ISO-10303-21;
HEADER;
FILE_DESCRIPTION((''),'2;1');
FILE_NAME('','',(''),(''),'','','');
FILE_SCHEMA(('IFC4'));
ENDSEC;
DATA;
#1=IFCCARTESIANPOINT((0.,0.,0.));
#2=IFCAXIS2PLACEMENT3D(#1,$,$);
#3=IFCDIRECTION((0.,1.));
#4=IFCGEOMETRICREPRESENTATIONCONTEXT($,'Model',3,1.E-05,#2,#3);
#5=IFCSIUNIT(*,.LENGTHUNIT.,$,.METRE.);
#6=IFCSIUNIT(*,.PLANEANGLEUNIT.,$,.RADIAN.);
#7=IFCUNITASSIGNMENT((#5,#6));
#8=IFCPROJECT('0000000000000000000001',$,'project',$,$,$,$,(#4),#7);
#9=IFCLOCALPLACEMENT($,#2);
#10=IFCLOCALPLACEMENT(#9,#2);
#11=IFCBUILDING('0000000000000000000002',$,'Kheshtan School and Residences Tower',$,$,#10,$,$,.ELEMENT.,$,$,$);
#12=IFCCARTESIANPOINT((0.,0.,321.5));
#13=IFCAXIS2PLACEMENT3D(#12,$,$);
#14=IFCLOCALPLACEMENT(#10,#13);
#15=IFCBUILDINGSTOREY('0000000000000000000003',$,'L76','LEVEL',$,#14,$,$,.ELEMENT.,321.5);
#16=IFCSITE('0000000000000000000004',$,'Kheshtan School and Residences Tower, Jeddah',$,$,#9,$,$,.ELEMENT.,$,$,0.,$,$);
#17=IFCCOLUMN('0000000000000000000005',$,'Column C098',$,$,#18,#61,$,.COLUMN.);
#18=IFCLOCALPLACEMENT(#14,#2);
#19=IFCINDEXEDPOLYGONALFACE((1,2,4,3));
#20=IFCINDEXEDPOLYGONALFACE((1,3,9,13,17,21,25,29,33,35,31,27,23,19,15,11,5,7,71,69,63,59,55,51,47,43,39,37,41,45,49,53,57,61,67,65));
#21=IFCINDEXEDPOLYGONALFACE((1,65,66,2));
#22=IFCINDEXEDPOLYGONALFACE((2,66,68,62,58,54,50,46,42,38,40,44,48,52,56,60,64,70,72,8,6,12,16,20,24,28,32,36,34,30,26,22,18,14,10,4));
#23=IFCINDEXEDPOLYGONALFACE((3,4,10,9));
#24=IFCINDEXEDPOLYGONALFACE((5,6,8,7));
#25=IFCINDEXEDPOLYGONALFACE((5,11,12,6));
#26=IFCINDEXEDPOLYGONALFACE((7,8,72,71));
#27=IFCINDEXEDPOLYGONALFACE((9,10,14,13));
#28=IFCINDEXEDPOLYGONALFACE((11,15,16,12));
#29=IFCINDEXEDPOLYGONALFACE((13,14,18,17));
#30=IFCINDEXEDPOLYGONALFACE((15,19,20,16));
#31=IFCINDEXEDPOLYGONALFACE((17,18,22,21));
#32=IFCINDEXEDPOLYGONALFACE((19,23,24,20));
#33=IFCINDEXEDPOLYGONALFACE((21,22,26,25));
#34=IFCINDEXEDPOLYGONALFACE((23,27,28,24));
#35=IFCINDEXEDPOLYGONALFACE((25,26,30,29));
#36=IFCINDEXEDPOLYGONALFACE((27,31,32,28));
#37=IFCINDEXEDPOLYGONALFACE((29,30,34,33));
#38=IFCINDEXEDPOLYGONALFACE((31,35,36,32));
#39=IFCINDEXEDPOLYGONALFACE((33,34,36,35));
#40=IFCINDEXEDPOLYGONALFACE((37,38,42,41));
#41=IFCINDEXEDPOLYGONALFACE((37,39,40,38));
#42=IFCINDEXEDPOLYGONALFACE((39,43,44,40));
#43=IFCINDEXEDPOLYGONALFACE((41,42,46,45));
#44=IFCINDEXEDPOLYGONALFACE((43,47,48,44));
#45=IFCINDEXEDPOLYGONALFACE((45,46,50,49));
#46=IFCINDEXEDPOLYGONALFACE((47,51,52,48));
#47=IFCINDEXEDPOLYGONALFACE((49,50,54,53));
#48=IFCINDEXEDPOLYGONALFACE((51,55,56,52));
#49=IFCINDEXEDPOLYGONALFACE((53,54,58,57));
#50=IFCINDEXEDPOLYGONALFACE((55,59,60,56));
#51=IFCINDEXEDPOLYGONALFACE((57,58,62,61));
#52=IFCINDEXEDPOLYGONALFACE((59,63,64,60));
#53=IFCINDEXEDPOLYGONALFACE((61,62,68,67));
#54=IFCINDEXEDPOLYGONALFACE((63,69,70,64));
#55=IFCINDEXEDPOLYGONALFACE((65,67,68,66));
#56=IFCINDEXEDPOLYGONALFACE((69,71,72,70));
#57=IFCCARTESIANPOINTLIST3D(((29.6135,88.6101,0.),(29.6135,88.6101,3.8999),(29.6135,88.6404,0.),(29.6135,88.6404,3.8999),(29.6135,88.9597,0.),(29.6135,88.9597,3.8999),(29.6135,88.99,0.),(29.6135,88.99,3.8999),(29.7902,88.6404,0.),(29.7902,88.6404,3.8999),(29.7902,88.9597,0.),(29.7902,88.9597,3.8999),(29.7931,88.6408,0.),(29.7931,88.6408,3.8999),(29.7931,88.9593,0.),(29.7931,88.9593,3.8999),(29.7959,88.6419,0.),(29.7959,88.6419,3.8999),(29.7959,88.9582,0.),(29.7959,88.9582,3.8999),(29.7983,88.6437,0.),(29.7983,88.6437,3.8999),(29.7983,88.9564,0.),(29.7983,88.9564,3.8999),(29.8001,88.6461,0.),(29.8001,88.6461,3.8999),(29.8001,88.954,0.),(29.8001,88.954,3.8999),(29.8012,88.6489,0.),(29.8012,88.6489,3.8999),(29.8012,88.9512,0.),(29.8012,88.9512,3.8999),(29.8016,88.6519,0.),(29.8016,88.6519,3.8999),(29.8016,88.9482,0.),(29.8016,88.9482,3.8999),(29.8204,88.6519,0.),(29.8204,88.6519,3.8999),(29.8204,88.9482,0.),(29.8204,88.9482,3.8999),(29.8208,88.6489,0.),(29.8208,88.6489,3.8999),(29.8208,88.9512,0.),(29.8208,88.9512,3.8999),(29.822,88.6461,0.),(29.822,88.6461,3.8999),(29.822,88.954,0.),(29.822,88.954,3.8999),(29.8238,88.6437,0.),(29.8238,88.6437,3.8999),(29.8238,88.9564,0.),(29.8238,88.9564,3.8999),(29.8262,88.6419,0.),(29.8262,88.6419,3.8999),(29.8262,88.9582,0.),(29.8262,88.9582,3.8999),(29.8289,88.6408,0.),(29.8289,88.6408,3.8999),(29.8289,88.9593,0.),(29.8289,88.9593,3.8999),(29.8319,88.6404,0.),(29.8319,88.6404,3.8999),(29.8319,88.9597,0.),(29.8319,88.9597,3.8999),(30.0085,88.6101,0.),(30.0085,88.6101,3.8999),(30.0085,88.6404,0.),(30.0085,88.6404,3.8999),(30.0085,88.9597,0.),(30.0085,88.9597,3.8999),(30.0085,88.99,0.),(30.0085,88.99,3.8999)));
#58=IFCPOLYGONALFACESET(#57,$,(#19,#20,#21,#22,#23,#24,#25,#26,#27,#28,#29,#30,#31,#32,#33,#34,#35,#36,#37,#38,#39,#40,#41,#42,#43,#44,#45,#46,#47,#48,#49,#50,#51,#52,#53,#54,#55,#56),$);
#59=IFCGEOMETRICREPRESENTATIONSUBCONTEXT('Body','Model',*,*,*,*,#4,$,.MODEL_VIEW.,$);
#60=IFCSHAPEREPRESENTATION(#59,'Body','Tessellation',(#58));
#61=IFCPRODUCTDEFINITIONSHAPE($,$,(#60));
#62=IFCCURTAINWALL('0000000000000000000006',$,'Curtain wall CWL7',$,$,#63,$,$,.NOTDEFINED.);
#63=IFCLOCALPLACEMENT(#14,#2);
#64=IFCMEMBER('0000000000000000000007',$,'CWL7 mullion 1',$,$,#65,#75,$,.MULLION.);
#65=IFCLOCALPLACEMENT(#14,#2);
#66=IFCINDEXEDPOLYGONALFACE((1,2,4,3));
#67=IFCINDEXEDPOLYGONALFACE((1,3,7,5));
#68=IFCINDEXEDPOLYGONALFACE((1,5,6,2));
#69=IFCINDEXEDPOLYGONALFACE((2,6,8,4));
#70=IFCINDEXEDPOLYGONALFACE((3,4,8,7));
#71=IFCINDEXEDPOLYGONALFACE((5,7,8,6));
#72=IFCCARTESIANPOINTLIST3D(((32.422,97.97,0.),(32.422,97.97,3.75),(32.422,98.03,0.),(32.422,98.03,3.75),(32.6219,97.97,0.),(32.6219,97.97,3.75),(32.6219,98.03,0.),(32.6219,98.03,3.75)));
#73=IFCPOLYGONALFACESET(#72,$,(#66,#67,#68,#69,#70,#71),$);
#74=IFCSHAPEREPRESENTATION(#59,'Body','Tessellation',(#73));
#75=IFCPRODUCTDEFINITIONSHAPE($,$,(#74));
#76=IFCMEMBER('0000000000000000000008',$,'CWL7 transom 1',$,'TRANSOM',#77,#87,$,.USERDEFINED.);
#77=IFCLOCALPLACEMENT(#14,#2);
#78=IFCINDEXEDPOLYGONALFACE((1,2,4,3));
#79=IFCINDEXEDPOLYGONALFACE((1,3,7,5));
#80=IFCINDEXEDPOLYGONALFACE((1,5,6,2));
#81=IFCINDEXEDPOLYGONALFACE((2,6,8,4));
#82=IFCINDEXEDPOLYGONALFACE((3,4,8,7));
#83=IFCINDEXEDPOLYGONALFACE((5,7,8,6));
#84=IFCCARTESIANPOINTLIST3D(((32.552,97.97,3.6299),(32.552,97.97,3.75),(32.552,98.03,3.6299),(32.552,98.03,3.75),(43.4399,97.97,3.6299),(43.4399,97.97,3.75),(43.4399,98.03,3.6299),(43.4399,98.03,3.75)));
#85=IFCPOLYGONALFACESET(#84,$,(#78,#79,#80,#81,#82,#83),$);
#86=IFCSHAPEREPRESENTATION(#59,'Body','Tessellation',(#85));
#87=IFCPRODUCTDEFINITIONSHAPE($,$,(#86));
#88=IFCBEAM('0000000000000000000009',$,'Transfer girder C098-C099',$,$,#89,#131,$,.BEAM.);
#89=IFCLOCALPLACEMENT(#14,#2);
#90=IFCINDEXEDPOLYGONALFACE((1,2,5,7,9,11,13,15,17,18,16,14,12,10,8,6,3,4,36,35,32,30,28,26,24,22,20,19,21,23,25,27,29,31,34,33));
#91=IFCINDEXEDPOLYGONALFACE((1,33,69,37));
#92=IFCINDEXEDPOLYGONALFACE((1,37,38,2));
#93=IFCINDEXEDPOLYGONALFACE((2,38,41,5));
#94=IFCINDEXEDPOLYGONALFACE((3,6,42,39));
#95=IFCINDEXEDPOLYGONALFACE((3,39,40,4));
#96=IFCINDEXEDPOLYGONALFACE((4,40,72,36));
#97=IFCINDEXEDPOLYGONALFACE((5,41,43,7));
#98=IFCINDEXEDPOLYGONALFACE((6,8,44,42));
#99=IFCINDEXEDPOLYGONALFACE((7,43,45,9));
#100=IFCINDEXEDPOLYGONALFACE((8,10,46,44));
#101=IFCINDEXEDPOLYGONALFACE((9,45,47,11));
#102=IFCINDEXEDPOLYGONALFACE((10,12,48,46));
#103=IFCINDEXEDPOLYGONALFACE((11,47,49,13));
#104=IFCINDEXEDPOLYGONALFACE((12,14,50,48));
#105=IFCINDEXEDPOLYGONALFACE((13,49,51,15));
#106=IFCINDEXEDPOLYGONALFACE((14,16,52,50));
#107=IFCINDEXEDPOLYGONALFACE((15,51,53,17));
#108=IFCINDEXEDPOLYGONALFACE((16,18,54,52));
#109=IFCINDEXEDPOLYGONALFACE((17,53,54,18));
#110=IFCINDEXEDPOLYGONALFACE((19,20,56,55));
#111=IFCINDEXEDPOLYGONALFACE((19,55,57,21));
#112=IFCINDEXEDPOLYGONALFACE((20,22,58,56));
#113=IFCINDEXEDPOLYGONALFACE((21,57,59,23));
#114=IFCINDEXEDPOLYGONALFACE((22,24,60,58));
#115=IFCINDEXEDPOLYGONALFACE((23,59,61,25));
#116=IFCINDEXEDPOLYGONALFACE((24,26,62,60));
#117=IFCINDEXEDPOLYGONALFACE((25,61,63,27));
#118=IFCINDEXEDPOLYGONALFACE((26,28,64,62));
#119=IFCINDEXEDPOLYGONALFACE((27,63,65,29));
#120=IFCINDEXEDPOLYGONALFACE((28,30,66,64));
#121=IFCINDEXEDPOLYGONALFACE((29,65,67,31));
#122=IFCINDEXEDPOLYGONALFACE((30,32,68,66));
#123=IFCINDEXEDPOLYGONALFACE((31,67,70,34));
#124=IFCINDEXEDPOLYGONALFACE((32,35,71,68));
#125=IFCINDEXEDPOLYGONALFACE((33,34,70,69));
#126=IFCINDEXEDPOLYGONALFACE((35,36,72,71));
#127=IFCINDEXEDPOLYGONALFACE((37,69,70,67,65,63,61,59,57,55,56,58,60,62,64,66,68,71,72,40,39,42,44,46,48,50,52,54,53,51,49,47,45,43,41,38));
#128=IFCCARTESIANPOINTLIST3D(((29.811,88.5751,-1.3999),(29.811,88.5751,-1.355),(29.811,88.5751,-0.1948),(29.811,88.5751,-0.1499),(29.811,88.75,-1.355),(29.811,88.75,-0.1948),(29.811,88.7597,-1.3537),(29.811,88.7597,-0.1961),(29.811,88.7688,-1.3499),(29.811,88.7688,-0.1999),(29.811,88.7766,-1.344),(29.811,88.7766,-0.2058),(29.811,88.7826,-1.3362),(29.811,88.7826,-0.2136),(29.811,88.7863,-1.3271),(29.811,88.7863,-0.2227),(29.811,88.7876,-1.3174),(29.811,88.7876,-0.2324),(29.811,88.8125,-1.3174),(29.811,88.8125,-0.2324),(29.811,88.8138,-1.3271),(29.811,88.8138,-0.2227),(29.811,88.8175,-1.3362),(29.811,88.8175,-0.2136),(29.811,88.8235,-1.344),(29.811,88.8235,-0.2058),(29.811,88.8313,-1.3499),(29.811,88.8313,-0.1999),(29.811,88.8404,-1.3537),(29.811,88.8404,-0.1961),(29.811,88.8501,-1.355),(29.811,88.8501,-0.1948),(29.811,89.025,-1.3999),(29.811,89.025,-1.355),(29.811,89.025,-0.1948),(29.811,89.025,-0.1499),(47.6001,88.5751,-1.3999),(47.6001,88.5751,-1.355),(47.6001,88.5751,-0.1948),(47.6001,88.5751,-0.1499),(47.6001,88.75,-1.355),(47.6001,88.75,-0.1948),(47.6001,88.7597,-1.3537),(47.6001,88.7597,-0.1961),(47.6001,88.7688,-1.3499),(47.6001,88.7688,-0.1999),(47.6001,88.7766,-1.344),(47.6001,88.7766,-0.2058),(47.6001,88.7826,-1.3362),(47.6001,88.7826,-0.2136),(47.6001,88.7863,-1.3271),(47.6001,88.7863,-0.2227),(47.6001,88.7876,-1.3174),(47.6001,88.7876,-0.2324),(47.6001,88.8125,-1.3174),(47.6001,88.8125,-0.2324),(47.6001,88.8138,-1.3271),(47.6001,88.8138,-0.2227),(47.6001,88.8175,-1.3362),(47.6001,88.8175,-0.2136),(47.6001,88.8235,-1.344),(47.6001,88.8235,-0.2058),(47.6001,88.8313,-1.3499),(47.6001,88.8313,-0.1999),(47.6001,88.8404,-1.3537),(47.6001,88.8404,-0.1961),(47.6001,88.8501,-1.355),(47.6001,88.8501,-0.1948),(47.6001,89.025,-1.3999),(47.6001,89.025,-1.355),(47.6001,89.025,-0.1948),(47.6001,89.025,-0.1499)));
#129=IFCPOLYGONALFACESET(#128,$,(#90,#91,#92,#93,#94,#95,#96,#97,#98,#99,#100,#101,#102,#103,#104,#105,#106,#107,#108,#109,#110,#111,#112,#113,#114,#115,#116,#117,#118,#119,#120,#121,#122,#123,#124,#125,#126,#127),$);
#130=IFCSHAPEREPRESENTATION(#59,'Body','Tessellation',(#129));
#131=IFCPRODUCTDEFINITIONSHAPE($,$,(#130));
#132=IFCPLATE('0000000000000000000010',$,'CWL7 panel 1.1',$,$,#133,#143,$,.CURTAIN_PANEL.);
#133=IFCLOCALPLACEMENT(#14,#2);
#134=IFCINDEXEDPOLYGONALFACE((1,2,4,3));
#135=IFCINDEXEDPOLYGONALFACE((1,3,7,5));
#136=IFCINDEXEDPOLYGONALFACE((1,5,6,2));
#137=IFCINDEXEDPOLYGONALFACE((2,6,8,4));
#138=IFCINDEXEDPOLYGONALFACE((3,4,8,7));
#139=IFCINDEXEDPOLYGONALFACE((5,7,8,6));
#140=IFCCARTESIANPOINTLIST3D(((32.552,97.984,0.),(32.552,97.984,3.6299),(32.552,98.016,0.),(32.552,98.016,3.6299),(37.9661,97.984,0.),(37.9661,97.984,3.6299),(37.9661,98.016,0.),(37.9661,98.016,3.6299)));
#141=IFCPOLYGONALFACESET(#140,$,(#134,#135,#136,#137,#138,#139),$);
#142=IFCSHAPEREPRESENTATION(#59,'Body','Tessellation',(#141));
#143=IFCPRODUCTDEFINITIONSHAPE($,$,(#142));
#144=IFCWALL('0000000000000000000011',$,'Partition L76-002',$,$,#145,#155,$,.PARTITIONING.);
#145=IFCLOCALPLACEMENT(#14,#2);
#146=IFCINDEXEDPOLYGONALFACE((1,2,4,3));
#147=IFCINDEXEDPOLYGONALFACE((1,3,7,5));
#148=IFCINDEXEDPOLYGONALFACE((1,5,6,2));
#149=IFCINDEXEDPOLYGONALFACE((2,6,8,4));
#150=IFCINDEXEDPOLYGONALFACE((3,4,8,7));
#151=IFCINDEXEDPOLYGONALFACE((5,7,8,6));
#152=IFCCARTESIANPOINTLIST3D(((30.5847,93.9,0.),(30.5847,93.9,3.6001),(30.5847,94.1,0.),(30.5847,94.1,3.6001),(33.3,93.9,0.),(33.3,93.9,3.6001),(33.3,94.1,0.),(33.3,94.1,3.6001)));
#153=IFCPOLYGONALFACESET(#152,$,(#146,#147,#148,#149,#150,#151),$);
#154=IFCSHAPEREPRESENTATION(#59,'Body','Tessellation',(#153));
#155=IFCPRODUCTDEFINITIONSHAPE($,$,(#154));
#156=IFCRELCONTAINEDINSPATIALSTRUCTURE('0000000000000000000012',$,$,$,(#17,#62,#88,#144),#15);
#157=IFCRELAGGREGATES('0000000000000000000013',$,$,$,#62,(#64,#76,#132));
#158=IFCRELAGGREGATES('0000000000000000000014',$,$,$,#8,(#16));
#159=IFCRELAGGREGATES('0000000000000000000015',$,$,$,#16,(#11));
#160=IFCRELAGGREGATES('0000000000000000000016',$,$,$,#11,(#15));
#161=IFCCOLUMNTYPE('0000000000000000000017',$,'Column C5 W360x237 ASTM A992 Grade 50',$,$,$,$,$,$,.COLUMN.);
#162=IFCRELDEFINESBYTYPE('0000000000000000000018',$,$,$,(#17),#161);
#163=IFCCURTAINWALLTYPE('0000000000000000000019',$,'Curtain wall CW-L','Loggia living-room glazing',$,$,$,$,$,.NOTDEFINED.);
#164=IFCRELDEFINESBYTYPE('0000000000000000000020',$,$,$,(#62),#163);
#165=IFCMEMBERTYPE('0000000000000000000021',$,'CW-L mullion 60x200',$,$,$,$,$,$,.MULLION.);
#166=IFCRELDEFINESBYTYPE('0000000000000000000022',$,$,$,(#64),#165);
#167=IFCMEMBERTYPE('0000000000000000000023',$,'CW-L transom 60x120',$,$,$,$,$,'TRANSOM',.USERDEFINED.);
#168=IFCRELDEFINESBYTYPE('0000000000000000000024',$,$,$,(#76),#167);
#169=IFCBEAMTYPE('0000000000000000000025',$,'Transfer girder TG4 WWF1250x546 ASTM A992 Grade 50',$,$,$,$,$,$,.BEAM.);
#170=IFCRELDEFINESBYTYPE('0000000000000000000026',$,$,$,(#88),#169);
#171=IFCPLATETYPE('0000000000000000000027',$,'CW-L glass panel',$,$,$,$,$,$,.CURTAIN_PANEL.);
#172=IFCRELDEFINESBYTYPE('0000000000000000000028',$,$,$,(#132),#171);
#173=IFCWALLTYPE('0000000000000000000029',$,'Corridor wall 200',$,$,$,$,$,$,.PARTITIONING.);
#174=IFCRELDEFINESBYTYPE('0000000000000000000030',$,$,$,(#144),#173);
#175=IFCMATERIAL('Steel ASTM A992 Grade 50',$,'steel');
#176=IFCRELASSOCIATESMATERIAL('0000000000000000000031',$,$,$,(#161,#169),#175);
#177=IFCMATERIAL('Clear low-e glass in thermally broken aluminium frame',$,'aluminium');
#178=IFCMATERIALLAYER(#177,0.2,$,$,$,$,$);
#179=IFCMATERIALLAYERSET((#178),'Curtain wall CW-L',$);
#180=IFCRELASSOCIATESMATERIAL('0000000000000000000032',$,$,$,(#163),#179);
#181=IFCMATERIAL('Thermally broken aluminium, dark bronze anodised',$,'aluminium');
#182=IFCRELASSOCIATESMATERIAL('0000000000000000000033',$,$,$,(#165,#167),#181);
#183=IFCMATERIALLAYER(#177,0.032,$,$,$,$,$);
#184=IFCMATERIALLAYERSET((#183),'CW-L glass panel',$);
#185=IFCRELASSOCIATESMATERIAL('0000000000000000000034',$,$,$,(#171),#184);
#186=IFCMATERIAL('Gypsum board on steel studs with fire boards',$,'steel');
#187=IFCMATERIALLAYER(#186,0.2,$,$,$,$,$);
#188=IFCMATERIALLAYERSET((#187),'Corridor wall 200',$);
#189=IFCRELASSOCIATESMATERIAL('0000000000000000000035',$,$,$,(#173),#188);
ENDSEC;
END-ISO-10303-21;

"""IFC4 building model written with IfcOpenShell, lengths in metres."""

from ifc_helpers import new_model, si_unit, direction, frame, frame_2d, origin, origin_2d, place, context, subcontext, project, spatial, rectangle, i_section, extrude, material, layer, layer_set, material_profile, profile_set, type_object, element, aggregate, save


model = new_model("IFC4")

# Units and contexts
model_context = context("Model", 3, precision=1e-05, world=origin(), true_north=direction((0.0, 1.0)))
body_context = subcontext(model_context, "Body", "Model", "MODEL_VIEW")
ifc_project = project(units=[si_unit("LENGTHUNIT", "METRE"), si_unit("PLANEANGLEUNIT", "RADIAN")], contexts=[model_context])

# Site, building, storey
site_placement = place(None, origin())
site = spatial("IfcSite", under=ifc_project, at=site_placement, Name="Kheshtan School and Residences Tower, Jeddah", CompositionType="ELEMENT", RefElevation=0.0)
building_placement = place(site_placement, origin())
building = spatial("IfcBuilding", under=site, at=building_placement, Name="Kheshtan School and Residences Tower", CompositionType="ELEMENT")
storey_placement = place(building_placement, frame((0.0, 0.0, 321.5)))
storey = spatial("IfcBuildingStorey", under=building, at=storey_placement, Name="L76", Description="LEVEL", CompositionType="ELEMENT", Elevation=321.5)

# Column
ifc_material_1 = material(Name="Steel ASTM A992 Grade 50", Category="steel")
ifc_material_profile_1 = material_profile(ifc_material_1, i_section(OverallWidth=0.395, OverallDepth=0.3799, WebThickness=0.0188, FlangeThickness=0.0303, FilletRadius=0.0115, at=origin_2d()), Name="W360x237")
ifc_profile_set_1 = profile_set([ifc_material_profile_1], Name="Steel ASTM A992 Grade 50")
column_type = type_object("IfcColumnType", Name="Column C5 W360x237 ASTM A992 Grade 50", PredefinedType="COLUMN", material=ifc_profile_set_1)
column_placement = place(storey_placement, frame((29.811, 88.8, 0.0), z_axis=(0.0, 0.0, 1.0), x_axis=(1.0, 0.0, 0.0)))
element("IfcColumn", 1, at=column_placement, inside=storey, type_object=column_type, Name="Column C098", PredefinedType="COLUMN", context=body_context, shape_type="SweptSolid", body=[
    extrude(i_section(OverallWidth=0.395, OverallDepth=0.3799, WebThickness=0.0188, FlangeThickness=0.0303, FilletRadius=0.0115, at=origin_2d()), origin(), (0.0, 0.0, 1.0), 3.8999),
])

# Curtain wall, members
ifc_material_2 = material(Name="Clear low-e glass in thermally broken aluminium frame", Category="aluminium")
ifc_layer_1 = layer(ifc_material_2, 0.2)
ifc_layer_set_1 = layer_set([ifc_layer_1], Name="Curtain wall CW-L")
curtain_wall_type = type_object("IfcCurtainWallType", Name="Curtain wall CW-L", Description="Loggia living-room glazing", PredefinedType="NOTDEFINED", material=ifc_layer_set_1)
curtain_wall_placement = place(storey_placement, origin())
curtain_wall = element("IfcCurtainWall", 2, at=curtain_wall_placement, inside=storey, type_object=curtain_wall_type, Name="Curtain wall CWL7", PredefinedType="NOTDEFINED")
ifc_material_3 = material(Name="Thermally broken aluminium, dark bronze anodised", Category="aluminium")
ifc_material_profile_2 = material_profile(ifc_material_3, rectangle(XDim=0.0601, YDim=0.2, at=origin_2d()), Name="CW-L mullion 60x200")
ifc_profile_set_2 = profile_set([ifc_material_profile_2], Name="Thermally broken aluminium, dark bronze anodised")
member_type_1 = type_object("IfcMemberType", Name="CW-L mullion 60x200", PredefinedType="MULLION", material=ifc_profile_set_2)
member_1_placement = place(storey_placement, frame((32.522, 98.0, 0.0), z_axis=(0.0, 0.0, 1.0), x_axis=(0.0, 1.0, 0.0)))
member_1 = element("IfcMember", 3, at=member_1_placement, type_object=member_type_1, Name="CWL7 mullion 1", PredefinedType="MULLION", context=body_context, shape_type="SweptSolid", body=[
    extrude(rectangle(XDim=0.0601, YDim=0.2, at=origin_2d()), origin(), (0.0, 0.0, 1.0), 3.75),
])
ifc_material_profile_3 = material_profile(ifc_material_3, rectangle(XDim=0.0601, YDim=0.1201, at=origin_2d()), Name="CW-L transom 60x120")
ifc_profile_set_3 = profile_set([ifc_material_profile_3], Name="Thermally broken aluminium, dark bronze anodised")
member_type_2 = type_object("IfcMemberType", Name="CW-L transom 60x120", ElementType="TRANSOM", PredefinedType="USERDEFINED", material=ifc_profile_set_3)
member_2_placement = place(storey_placement, frame((32.552, 98.0, 3.6899), z_axis=(1.0, 0.0, 0.0), x_axis=(0.0, 1.0, 0.0)))
member_2 = element("IfcMember", 4, at=member_2_placement, type_object=member_type_2, Name="CWL7 transom 1", ObjectType="TRANSOM", PredefinedType="USERDEFINED", context=body_context, shape_type="SweptSolid", body=[
    extrude(rectangle(XDim=0.0601, YDim=0.1201, at=origin_2d()), origin(), (0.0, 0.0, 1.0), 10.8879),
])

# Beam
ifc_material_profile_4 = material_profile(ifc_material_1, i_section(OverallWidth=0.45, OverallDepth=1.25, WebThickness=0.0249, FlangeThickness=0.0449, FilletRadius=0.0376, at=origin_2d()), Name="WWF1250x546")
ifc_profile_set_4 = profile_set([ifc_material_profile_4], Name="Steel ASTM A992 Grade 50")
beam_type = type_object("IfcBeamType", Name="Transfer girder TG4 WWF1250x546 ASTM A992 Grade 50", PredefinedType="BEAM", material=ifc_profile_set_4)
beam_placement = place(storey_placement, frame((29.811, 88.8, -0.7749), z_axis=(1.0, 0.0, 0.0), x_axis=(0.0, 1.0, 0.0)))
element("IfcBeam", 5, at=beam_placement, inside=storey, type_object=beam_type, Name="Transfer girder C098-C099", PredefinedType="BEAM", context=body_context, shape_type="SweptSolid", body=[
    extrude(i_section(OverallWidth=0.45, OverallDepth=1.25, WebThickness=0.0249, FlangeThickness=0.0449, FilletRadius=0.0376, at=origin_2d()), origin(), (0.0, 0.0, 1.0), 17.7891),
])

# Plate
ifc_layer_2 = layer(ifc_material_2, 0.032)
ifc_layer_set_2 = layer_set([ifc_layer_2], Name="CW-L glass panel")
plate_type = type_object("IfcPlateType", Name="CW-L glass panel", PredefinedType="CURTAIN_PANEL", material=ifc_layer_set_2)
plate_placement = place(storey_placement, frame((35.259, 98.0, 0.0), z_axis=(0.0, 0.0, 1.0), x_axis=(1.0, 0.0, 0.0)))
plate = element("IfcPlate", 6, at=plate_placement, type_object=plate_type, Name="CWL7 panel 1.1", PredefinedType="CURTAIN_PANEL", context=body_context, shape_type="SweptSolid", body=[
    extrude(rectangle(XDim=5.4141, YDim=0.032, at=origin_2d()), origin(), (0.0, 0.0, 1.0), 3.6299),
])
aggregate(curtain_wall, [member_1, member_2, plate])

# Wall
ifc_material_4 = material(Name="Gypsum board on steel studs with fire boards", Category="steel")
ifc_layer_3 = layer(ifc_material_4, 0.2)
ifc_layer_set_3 = layer_set([ifc_layer_3], Name="Corridor wall 200")
wall_type_1 = type_object("IfcWallType", Name="Corridor wall 200", PredefinedType="PARTITIONING", material=ifc_layer_set_3)
wall_1_placement = place(storey_placement, frame((30.5847, 94.0, 0.0), z_axis=(0.0, 0.0, 1.0), x_axis=(1.0, 0.0, 0.0)))
element("IfcWall", 7, at=wall_1_placement, inside=storey, type_object=wall_type_1, Name="Partition L76-002", PredefinedType="PARTITIONING", context=body_context, shape_type="SweptSolid", body=[
    extrude(rectangle(XDim=2.7153, YDim=0.2, at=frame_2d((1.3577, 0.0))), origin(), (0.0, 0.0, 1.0), 3.6001),
])

save(model, "model.ifc")
